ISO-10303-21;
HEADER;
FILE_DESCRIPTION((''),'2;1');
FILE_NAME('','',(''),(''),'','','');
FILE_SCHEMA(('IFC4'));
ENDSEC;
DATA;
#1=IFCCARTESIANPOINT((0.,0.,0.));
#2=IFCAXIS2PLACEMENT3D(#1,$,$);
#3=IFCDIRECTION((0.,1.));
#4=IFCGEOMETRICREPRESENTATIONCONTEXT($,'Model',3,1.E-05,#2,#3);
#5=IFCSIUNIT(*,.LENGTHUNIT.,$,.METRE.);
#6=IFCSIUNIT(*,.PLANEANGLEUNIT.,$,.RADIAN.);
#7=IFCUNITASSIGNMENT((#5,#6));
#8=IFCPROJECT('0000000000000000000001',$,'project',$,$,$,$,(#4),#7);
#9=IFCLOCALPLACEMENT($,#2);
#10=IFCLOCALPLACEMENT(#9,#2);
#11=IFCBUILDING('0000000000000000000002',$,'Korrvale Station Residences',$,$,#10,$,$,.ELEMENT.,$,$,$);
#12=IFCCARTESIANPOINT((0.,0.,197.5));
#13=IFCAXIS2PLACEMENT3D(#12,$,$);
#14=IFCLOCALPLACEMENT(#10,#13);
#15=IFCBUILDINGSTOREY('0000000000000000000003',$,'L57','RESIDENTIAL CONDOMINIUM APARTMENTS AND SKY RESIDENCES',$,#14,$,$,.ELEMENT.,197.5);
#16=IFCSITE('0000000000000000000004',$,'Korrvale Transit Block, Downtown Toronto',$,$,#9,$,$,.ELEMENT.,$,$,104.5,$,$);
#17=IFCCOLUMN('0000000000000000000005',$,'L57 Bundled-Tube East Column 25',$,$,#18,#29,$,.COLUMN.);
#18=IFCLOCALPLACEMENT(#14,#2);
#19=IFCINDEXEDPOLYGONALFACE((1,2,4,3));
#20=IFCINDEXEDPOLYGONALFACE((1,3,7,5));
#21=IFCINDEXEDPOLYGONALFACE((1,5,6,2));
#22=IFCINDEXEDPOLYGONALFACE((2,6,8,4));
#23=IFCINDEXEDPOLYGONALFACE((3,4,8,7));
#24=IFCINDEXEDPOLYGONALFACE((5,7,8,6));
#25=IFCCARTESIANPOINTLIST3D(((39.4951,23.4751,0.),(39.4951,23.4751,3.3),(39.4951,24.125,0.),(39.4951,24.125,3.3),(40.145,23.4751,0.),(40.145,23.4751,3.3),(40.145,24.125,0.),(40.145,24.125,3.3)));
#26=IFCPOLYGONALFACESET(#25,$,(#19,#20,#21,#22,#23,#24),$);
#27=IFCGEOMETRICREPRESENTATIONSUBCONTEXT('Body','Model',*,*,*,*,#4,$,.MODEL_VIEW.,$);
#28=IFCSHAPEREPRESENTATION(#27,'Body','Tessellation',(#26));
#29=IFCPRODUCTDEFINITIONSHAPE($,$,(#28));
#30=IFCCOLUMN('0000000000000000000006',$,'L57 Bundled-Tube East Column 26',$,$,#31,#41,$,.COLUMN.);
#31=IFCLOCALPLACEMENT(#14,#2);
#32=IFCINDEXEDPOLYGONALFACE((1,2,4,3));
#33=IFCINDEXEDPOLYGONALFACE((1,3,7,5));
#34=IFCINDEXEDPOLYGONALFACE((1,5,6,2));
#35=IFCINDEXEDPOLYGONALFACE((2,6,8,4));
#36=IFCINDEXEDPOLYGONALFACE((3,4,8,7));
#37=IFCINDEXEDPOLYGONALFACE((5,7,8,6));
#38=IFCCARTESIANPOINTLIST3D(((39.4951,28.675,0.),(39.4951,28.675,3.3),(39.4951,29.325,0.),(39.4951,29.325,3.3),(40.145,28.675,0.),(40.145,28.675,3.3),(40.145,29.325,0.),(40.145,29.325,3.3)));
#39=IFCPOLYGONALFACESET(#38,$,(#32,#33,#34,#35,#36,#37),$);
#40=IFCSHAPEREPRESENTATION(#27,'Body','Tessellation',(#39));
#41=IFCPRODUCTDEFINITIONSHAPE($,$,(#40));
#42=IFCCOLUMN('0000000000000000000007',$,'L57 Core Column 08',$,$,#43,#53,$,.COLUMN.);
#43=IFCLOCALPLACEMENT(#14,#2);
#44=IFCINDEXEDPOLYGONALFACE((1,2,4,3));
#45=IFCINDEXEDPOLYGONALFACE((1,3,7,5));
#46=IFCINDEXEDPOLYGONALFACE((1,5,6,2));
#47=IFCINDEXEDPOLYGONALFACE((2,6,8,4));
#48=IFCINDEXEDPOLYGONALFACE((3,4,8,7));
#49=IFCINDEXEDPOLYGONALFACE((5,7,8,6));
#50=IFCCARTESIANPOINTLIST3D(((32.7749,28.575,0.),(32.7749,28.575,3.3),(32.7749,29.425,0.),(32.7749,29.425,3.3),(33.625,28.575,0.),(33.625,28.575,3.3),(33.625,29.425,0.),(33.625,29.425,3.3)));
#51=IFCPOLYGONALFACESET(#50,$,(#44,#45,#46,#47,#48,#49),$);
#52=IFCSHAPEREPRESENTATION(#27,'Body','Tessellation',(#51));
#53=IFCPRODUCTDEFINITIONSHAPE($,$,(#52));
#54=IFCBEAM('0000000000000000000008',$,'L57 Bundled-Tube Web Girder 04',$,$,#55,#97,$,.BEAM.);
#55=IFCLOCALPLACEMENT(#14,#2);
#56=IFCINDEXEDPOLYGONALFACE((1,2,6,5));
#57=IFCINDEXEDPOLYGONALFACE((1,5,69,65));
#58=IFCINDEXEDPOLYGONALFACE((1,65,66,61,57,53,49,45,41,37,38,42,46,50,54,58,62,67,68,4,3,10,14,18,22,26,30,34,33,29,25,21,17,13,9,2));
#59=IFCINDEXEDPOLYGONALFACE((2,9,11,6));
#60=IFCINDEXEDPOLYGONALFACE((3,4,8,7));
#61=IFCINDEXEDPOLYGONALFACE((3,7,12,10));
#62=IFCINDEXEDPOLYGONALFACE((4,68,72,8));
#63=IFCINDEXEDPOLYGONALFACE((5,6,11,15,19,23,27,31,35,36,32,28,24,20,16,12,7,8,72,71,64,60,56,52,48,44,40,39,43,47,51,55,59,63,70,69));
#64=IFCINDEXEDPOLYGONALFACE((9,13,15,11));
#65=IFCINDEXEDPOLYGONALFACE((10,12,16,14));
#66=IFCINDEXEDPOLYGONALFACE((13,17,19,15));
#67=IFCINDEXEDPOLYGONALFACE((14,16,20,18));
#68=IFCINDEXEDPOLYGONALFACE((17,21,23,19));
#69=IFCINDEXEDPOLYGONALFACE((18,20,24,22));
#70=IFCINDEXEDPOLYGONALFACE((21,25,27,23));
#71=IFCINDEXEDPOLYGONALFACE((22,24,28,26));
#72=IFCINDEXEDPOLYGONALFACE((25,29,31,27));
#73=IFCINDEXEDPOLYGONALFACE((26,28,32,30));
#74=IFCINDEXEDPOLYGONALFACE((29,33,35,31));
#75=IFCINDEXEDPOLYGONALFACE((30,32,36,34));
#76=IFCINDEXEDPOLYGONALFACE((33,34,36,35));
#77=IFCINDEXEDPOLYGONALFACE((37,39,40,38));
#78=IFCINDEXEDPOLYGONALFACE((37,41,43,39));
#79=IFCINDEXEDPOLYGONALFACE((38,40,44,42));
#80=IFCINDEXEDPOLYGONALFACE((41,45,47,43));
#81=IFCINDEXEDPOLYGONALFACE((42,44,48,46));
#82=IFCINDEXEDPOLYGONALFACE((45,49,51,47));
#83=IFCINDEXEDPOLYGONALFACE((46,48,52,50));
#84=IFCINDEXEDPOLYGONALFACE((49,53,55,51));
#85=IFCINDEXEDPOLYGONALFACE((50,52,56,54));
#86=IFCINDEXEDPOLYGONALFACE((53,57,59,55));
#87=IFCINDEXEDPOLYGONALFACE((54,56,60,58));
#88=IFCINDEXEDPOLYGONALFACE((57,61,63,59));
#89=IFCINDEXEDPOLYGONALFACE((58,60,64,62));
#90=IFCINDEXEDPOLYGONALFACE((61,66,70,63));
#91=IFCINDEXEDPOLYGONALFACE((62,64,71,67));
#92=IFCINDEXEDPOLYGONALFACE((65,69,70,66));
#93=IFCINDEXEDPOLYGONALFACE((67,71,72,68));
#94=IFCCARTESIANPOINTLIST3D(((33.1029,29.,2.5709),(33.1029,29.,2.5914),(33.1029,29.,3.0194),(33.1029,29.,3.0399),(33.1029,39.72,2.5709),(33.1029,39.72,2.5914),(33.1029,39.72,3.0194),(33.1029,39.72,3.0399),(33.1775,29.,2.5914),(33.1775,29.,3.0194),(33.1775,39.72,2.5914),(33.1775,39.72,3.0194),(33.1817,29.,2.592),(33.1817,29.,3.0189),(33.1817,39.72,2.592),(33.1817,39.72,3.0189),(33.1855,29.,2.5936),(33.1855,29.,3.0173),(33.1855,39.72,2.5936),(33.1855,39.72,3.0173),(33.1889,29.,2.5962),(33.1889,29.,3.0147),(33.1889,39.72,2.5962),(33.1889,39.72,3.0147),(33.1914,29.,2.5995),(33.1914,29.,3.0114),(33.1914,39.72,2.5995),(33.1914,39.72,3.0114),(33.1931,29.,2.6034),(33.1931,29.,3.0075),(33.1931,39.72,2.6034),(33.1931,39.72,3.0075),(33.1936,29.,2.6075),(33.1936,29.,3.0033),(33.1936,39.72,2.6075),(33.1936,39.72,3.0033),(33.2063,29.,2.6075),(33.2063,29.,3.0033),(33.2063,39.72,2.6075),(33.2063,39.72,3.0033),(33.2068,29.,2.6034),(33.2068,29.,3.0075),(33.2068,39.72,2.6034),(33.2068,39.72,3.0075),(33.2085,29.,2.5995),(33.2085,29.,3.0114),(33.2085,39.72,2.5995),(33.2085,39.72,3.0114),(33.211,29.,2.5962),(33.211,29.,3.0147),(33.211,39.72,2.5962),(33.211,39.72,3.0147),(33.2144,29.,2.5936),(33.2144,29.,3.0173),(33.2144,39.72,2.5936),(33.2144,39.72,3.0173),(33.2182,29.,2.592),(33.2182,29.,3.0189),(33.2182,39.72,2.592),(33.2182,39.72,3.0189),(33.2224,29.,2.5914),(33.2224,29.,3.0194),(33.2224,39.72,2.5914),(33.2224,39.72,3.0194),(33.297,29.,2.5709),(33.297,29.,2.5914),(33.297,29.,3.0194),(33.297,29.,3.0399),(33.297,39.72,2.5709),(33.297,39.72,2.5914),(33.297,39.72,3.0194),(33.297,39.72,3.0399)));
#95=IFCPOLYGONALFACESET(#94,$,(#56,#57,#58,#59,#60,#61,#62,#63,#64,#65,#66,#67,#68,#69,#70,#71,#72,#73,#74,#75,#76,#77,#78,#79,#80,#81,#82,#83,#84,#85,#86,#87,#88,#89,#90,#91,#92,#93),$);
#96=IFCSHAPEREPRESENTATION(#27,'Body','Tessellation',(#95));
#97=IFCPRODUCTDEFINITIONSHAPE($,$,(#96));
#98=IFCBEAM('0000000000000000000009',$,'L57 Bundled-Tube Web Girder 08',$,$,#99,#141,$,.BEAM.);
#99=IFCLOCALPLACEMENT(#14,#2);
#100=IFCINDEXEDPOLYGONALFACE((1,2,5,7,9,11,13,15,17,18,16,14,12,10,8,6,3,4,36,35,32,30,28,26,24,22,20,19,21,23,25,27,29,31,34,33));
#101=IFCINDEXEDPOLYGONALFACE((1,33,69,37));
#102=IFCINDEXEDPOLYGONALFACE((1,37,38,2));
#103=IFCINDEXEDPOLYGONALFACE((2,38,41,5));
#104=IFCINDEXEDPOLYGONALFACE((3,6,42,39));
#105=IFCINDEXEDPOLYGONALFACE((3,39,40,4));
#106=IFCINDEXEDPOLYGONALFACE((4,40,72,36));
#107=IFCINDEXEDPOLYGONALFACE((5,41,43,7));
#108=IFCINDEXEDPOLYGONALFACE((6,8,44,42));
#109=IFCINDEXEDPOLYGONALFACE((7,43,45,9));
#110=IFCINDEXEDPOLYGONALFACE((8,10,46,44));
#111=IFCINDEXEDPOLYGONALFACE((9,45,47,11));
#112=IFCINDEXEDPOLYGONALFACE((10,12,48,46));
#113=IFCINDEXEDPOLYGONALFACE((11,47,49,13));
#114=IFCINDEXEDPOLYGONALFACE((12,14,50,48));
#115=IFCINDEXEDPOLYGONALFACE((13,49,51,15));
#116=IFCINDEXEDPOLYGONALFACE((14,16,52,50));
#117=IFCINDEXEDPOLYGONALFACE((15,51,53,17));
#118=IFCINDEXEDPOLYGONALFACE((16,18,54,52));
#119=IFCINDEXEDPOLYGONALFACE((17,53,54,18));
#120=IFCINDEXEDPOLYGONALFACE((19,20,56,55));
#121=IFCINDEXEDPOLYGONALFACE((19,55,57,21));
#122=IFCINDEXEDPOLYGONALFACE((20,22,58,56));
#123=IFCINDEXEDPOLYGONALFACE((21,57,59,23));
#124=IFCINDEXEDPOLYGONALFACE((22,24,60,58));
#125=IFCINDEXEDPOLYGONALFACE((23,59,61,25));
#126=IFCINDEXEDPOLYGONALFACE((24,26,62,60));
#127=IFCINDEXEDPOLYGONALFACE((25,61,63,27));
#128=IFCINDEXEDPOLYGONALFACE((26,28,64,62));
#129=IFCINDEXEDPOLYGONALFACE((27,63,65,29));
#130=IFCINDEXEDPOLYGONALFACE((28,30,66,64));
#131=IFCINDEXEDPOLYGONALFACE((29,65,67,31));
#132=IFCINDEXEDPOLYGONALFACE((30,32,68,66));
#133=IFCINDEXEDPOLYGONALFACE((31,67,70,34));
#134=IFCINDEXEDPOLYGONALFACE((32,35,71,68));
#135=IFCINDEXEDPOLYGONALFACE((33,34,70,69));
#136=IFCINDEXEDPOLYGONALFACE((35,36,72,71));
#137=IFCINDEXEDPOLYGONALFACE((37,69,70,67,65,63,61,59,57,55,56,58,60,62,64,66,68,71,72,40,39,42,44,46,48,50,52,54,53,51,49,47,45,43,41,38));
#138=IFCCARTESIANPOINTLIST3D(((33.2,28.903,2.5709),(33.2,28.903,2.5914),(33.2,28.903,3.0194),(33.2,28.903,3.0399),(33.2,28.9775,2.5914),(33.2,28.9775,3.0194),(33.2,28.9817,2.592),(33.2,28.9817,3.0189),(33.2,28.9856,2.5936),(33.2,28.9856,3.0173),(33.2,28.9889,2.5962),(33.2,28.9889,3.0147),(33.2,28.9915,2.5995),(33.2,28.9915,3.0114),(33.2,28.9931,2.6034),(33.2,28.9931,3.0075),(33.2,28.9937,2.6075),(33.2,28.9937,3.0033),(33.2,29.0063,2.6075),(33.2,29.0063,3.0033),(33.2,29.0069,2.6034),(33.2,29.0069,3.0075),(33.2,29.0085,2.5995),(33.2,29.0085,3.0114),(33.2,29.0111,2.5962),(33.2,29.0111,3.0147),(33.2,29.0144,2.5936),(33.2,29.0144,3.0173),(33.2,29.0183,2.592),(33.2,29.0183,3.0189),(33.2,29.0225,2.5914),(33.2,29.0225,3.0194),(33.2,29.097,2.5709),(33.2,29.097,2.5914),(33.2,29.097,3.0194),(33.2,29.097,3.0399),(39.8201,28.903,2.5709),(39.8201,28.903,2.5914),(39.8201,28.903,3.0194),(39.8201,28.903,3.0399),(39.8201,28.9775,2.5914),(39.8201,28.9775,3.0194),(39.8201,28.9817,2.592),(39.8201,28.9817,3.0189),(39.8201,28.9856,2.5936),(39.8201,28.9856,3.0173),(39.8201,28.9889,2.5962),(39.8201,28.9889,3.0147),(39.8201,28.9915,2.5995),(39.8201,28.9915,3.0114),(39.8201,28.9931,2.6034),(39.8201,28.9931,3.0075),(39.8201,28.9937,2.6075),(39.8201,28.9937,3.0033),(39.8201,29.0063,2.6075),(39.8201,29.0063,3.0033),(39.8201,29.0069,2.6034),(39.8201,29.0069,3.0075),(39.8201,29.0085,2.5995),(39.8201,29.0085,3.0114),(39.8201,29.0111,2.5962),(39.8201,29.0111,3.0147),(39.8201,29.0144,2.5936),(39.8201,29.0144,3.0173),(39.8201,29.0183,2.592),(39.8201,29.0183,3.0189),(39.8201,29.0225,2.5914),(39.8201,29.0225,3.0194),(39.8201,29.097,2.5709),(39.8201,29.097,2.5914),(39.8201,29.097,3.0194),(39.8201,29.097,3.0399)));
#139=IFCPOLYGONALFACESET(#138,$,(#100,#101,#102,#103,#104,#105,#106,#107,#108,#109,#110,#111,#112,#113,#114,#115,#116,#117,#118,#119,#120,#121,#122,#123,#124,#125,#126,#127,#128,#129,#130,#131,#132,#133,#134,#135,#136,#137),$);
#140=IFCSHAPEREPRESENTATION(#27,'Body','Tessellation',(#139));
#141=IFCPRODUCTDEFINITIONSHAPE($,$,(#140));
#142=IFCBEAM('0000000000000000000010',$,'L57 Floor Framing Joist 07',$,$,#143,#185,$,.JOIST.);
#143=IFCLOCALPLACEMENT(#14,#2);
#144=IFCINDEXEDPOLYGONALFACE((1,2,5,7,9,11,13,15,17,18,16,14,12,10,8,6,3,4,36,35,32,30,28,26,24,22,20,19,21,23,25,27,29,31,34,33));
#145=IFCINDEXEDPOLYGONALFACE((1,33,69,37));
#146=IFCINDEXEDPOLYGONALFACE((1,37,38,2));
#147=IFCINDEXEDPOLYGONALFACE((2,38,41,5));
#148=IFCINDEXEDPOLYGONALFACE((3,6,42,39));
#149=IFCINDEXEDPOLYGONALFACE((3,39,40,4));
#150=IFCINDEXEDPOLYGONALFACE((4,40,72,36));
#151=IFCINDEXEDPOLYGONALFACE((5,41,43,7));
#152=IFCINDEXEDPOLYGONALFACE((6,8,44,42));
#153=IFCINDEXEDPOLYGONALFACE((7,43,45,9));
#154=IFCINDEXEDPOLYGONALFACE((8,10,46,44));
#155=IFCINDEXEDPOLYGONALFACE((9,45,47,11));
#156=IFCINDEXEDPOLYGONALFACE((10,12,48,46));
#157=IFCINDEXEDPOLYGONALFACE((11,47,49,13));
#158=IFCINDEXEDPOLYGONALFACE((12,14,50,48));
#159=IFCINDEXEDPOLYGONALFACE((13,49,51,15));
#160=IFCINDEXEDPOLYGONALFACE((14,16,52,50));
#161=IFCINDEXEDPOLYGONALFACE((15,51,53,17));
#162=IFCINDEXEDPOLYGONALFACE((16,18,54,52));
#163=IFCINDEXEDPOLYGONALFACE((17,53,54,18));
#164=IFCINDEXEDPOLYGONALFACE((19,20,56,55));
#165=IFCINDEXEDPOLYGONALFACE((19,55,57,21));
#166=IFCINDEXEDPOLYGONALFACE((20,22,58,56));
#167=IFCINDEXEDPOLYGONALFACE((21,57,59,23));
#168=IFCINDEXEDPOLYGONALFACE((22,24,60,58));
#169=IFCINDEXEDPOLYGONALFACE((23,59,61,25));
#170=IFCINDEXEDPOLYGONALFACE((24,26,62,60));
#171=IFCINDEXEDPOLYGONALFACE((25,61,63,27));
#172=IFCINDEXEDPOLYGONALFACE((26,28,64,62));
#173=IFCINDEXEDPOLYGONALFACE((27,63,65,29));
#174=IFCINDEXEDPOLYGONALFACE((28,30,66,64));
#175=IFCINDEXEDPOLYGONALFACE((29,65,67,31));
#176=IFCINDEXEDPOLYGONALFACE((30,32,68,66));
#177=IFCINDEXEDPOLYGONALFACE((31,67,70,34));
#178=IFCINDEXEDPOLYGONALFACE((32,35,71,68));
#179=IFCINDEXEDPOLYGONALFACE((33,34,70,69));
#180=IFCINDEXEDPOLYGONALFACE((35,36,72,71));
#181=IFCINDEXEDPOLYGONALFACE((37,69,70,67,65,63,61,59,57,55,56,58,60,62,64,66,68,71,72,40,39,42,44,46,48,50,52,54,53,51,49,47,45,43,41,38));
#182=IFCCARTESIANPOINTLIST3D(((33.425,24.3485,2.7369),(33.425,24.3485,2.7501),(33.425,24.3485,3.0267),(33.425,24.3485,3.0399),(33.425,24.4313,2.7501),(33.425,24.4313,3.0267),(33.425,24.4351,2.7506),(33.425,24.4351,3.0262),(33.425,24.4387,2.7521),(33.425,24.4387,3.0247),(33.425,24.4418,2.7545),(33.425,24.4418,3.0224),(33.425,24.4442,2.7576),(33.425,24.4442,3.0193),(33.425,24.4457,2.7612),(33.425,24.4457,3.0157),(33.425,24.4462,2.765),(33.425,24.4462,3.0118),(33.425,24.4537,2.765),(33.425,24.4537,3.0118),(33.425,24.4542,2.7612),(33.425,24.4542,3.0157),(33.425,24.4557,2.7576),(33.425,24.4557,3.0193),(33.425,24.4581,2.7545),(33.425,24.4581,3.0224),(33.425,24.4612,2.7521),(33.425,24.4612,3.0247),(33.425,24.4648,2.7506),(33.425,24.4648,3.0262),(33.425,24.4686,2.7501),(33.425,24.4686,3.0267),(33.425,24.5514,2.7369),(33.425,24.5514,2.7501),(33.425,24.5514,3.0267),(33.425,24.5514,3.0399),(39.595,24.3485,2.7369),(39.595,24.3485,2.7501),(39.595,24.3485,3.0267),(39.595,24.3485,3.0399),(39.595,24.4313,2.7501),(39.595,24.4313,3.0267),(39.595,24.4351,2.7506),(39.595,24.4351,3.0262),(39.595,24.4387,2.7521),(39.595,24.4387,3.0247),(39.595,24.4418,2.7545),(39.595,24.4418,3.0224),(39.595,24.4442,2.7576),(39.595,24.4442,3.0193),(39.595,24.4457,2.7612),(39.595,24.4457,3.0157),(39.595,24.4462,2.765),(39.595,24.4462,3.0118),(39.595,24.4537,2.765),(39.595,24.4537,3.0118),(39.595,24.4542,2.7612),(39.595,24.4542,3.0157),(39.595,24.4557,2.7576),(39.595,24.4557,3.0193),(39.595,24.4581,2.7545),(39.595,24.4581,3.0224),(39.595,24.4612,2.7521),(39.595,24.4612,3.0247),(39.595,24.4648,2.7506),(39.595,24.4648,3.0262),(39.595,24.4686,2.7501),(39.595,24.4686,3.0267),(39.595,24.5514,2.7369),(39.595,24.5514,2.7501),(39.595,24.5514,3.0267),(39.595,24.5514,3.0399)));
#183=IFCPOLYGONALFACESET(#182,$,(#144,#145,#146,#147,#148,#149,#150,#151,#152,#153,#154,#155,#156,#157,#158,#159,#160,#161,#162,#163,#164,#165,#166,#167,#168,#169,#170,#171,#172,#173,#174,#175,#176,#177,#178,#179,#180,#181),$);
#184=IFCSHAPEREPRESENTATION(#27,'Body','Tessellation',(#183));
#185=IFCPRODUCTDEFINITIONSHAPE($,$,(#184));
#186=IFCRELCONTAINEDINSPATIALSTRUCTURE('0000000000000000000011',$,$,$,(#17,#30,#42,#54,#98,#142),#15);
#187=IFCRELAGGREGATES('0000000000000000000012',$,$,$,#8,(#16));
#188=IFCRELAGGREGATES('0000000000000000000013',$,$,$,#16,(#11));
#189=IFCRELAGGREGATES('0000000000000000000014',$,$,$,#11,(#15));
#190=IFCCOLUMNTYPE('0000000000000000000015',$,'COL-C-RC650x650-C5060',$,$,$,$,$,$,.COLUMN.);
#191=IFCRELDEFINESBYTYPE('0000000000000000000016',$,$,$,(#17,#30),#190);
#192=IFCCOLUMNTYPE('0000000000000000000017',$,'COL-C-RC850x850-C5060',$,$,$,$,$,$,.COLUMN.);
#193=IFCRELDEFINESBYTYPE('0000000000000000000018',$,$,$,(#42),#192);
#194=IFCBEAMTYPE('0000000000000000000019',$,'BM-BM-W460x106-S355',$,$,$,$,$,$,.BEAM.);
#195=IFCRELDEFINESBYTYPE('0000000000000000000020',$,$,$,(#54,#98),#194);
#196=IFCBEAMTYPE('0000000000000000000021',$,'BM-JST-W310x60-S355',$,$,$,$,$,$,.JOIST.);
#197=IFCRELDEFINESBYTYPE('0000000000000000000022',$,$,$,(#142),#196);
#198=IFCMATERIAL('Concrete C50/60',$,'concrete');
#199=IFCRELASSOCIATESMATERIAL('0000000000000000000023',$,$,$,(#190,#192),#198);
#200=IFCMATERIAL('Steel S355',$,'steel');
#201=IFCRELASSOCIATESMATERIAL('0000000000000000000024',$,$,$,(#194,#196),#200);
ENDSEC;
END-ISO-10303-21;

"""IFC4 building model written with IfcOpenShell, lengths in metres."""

from ifc_helpers import new_model, si_unit, direction, frame, origin, origin_2d, place, context, subcontext, project, spatial, rectangle, i_section, extrude, material, material_profile, profile_set, type_object, element, save


model = new_model("IFC4")

# Units and contexts
model_context = context("Model", 3, precision=1e-05, world=origin(), true_north=direction((0.0, 1.0)))
body_context = subcontext(model_context, "Body", "Model", "MODEL_VIEW")
ifc_project = project(units=[si_unit("LENGTHUNIT", "METRE"), si_unit("PLANEANGLEUNIT", "RADIAN")], contexts=[model_context])

# Site, building, storey
site_placement = place(None, origin())
site = spatial("IfcSite", under=ifc_project, at=site_placement, Name="Korrvale Transit Block, Downtown Toronto", CompositionType="ELEMENT", RefElevation=104.5)
building_placement = place(site_placement, origin())
building = spatial("IfcBuilding", under=site, at=building_placement, Name="Korrvale Station Residences", CompositionType="ELEMENT")
storey_placement = place(building_placement, frame((0.0, 0.0, 197.5)))
storey = spatial("IfcBuildingStorey", under=building, at=storey_placement, Name="L57", Description="RESIDENTIAL CONDOMINIUM APARTMENTS AND SKY RESIDENCES", CompositionType="ELEMENT", Elevation=197.5)

# Columns
ifc_material_1 = material(Name="Concrete C50/60", Category="concrete")
ifc_material_profile_1 = material_profile(ifc_material_1, rectangle(XDim=0.6499, YDim=0.6499, at=origin_2d()), Name="RC650x650")
ifc_profile_set_1 = profile_set([ifc_material_profile_1], Name="Concrete C50/60")
column_type_1 = type_object("IfcColumnType", Name="COL-C-RC650x650-C5060", PredefinedType="COLUMN", material=ifc_profile_set_1)
for number, where, z_axis, x_axis, name in (
    (1, (39.8201, 23.8, 0.0), (0.0, 0.0, 1.0), (1.0, 0.0, 0.0), "L57 Bundled-Tube East Column 25"),
    (2, (39.8201, 29.0, 0.0), (0.0, 0.0, 1.0), (1.0, 0.0, 0.0), "L57 Bundled-Tube East Column 26"),
):
    element("IfcColumn", number, at=place(storey_placement, frame(where, z_axis=z_axis, x_axis=x_axis)), inside=storey, type_object=column_type_1, Name=name, PredefinedType="COLUMN", context=body_context, shape_type="SweptSolid", body=[
        extrude(rectangle(XDim=0.6499, YDim=0.6499, at=origin_2d()), origin(), (0.0, 0.0, 1.0), 3.3),
    ])
ifc_material_profile_2 = material_profile(ifc_material_1, rectangle(XDim=0.8501, YDim=0.8501, at=origin_2d()), Name="RC850x850")
ifc_profile_set_2 = profile_set([ifc_material_profile_2], Name="Concrete C50/60")
column_type_2 = type_object("IfcColumnType", Name="COL-C-RC850x850-C5060", PredefinedType="COLUMN", material=ifc_profile_set_2)
column_placement = place(storey_placement, frame((33.2, 29.0, 0.0), z_axis=(0.0, 0.0, 1.0), x_axis=(1.0, 0.0, 0.0)))
element("IfcColumn", 3, at=column_placement, inside=storey, type_object=column_type_2, Name="L57 Core Column 08", PredefinedType="COLUMN", context=body_context, shape_type="SweptSolid", body=[
    extrude(rectangle(XDim=0.8501, YDim=0.8501, at=origin_2d()), origin(), (0.0, 0.0, 1.0), 3.3),
])

# Beams
ifc_material_2 = material(Name="Steel S355", Category="steel")
ifc_material_profile_3 = material_profile(ifc_material_2, i_section(OverallWidth=0.1941, OverallDepth=0.469, WebThickness=0.0127, FlangeThickness=0.0205, FilletRadius=0.0161, at=origin_2d()), Name="W460x106")
ifc_profile_set_3 = profile_set([ifc_material_profile_3], Name="Steel S355")
beam_type_1 = type_object("IfcBeamType", Name="BM-BM-W460x106-S355", PredefinedType="BEAM", material=ifc_profile_set_3)
beam_1_placement = place(storey_placement, frame((33.2, 29.0, 2.8054), z_axis=(0.0, 1.0, 0.0), x_axis=(-1.0, 0.0, 0.0)))
element("IfcBeam", 4, at=beam_1_placement, inside=storey, type_object=beam_type_1, Name="L57 Bundled-Tube Web Girder 04", PredefinedType="BEAM", context=body_context, shape_type="SweptSolid", body=[
    extrude(i_section(OverallWidth=0.1941, OverallDepth=0.469, WebThickness=0.0127, FlangeThickness=0.0205, FilletRadius=0.0161, at=origin_2d()), origin(), (0.0, 0.0, 1.0), 10.72),
])
beam_2_placement = place(storey_placement, frame((33.2, 29.0, 2.8054), z_axis=(1.0, 0.0, 0.0), x_axis=(0.0, 1.0, 0.0)))
element("IfcBeam", 5, at=beam_2_placement, inside=storey, type_object=beam_type_1, Name="L57 Bundled-Tube Web Girder 08", PredefinedType="BEAM", context=body_context, shape_type="SweptSolid", body=[
    extrude(i_section(OverallWidth=0.1941, OverallDepth=0.469, WebThickness=0.0127, FlangeThickness=0.0205, FilletRadius=0.0161, at=origin_2d()), origin(), (0.0, 0.0, 1.0), 6.6201),
])
ifc_material_profile_4 = material_profile(ifc_material_2, i_section(OverallWidth=0.2029, OverallDepth=0.303, WebThickness=0.0076, FlangeThickness=0.0132, FilletRadius=0.0149, at=origin_2d()), Name="W310x60")
ifc_profile_set_4 = profile_set([ifc_material_profile_4], Name="Steel S355")
beam_type_2 = type_object("IfcBeamType", Name="BM-JST-W310x60-S355", PredefinedType="JOIST", material=ifc_profile_set_4)
beam_3_placement = place(storey_placement, frame((33.425, 24.45, 2.8884), z_axis=(1.0, 0.0, 0.0), x_axis=(0.0, 1.0, 0.0)))
element("IfcBeam", 6, at=beam_3_placement, inside=storey, type_object=beam_type_2, Name="L57 Floor Framing Joist 07", PredefinedType="JOIST", context=body_context, shape_type="SweptSolid", body=[
    extrude(i_section(OverallWidth=0.2029, OverallDepth=0.303, WebThickness=0.0076, FlangeThickness=0.0132, FilletRadius=0.0149, at=origin_2d()), origin(), (0.0, 0.0, 1.0), 6.1699),
])

save(model, "model.ifc")
